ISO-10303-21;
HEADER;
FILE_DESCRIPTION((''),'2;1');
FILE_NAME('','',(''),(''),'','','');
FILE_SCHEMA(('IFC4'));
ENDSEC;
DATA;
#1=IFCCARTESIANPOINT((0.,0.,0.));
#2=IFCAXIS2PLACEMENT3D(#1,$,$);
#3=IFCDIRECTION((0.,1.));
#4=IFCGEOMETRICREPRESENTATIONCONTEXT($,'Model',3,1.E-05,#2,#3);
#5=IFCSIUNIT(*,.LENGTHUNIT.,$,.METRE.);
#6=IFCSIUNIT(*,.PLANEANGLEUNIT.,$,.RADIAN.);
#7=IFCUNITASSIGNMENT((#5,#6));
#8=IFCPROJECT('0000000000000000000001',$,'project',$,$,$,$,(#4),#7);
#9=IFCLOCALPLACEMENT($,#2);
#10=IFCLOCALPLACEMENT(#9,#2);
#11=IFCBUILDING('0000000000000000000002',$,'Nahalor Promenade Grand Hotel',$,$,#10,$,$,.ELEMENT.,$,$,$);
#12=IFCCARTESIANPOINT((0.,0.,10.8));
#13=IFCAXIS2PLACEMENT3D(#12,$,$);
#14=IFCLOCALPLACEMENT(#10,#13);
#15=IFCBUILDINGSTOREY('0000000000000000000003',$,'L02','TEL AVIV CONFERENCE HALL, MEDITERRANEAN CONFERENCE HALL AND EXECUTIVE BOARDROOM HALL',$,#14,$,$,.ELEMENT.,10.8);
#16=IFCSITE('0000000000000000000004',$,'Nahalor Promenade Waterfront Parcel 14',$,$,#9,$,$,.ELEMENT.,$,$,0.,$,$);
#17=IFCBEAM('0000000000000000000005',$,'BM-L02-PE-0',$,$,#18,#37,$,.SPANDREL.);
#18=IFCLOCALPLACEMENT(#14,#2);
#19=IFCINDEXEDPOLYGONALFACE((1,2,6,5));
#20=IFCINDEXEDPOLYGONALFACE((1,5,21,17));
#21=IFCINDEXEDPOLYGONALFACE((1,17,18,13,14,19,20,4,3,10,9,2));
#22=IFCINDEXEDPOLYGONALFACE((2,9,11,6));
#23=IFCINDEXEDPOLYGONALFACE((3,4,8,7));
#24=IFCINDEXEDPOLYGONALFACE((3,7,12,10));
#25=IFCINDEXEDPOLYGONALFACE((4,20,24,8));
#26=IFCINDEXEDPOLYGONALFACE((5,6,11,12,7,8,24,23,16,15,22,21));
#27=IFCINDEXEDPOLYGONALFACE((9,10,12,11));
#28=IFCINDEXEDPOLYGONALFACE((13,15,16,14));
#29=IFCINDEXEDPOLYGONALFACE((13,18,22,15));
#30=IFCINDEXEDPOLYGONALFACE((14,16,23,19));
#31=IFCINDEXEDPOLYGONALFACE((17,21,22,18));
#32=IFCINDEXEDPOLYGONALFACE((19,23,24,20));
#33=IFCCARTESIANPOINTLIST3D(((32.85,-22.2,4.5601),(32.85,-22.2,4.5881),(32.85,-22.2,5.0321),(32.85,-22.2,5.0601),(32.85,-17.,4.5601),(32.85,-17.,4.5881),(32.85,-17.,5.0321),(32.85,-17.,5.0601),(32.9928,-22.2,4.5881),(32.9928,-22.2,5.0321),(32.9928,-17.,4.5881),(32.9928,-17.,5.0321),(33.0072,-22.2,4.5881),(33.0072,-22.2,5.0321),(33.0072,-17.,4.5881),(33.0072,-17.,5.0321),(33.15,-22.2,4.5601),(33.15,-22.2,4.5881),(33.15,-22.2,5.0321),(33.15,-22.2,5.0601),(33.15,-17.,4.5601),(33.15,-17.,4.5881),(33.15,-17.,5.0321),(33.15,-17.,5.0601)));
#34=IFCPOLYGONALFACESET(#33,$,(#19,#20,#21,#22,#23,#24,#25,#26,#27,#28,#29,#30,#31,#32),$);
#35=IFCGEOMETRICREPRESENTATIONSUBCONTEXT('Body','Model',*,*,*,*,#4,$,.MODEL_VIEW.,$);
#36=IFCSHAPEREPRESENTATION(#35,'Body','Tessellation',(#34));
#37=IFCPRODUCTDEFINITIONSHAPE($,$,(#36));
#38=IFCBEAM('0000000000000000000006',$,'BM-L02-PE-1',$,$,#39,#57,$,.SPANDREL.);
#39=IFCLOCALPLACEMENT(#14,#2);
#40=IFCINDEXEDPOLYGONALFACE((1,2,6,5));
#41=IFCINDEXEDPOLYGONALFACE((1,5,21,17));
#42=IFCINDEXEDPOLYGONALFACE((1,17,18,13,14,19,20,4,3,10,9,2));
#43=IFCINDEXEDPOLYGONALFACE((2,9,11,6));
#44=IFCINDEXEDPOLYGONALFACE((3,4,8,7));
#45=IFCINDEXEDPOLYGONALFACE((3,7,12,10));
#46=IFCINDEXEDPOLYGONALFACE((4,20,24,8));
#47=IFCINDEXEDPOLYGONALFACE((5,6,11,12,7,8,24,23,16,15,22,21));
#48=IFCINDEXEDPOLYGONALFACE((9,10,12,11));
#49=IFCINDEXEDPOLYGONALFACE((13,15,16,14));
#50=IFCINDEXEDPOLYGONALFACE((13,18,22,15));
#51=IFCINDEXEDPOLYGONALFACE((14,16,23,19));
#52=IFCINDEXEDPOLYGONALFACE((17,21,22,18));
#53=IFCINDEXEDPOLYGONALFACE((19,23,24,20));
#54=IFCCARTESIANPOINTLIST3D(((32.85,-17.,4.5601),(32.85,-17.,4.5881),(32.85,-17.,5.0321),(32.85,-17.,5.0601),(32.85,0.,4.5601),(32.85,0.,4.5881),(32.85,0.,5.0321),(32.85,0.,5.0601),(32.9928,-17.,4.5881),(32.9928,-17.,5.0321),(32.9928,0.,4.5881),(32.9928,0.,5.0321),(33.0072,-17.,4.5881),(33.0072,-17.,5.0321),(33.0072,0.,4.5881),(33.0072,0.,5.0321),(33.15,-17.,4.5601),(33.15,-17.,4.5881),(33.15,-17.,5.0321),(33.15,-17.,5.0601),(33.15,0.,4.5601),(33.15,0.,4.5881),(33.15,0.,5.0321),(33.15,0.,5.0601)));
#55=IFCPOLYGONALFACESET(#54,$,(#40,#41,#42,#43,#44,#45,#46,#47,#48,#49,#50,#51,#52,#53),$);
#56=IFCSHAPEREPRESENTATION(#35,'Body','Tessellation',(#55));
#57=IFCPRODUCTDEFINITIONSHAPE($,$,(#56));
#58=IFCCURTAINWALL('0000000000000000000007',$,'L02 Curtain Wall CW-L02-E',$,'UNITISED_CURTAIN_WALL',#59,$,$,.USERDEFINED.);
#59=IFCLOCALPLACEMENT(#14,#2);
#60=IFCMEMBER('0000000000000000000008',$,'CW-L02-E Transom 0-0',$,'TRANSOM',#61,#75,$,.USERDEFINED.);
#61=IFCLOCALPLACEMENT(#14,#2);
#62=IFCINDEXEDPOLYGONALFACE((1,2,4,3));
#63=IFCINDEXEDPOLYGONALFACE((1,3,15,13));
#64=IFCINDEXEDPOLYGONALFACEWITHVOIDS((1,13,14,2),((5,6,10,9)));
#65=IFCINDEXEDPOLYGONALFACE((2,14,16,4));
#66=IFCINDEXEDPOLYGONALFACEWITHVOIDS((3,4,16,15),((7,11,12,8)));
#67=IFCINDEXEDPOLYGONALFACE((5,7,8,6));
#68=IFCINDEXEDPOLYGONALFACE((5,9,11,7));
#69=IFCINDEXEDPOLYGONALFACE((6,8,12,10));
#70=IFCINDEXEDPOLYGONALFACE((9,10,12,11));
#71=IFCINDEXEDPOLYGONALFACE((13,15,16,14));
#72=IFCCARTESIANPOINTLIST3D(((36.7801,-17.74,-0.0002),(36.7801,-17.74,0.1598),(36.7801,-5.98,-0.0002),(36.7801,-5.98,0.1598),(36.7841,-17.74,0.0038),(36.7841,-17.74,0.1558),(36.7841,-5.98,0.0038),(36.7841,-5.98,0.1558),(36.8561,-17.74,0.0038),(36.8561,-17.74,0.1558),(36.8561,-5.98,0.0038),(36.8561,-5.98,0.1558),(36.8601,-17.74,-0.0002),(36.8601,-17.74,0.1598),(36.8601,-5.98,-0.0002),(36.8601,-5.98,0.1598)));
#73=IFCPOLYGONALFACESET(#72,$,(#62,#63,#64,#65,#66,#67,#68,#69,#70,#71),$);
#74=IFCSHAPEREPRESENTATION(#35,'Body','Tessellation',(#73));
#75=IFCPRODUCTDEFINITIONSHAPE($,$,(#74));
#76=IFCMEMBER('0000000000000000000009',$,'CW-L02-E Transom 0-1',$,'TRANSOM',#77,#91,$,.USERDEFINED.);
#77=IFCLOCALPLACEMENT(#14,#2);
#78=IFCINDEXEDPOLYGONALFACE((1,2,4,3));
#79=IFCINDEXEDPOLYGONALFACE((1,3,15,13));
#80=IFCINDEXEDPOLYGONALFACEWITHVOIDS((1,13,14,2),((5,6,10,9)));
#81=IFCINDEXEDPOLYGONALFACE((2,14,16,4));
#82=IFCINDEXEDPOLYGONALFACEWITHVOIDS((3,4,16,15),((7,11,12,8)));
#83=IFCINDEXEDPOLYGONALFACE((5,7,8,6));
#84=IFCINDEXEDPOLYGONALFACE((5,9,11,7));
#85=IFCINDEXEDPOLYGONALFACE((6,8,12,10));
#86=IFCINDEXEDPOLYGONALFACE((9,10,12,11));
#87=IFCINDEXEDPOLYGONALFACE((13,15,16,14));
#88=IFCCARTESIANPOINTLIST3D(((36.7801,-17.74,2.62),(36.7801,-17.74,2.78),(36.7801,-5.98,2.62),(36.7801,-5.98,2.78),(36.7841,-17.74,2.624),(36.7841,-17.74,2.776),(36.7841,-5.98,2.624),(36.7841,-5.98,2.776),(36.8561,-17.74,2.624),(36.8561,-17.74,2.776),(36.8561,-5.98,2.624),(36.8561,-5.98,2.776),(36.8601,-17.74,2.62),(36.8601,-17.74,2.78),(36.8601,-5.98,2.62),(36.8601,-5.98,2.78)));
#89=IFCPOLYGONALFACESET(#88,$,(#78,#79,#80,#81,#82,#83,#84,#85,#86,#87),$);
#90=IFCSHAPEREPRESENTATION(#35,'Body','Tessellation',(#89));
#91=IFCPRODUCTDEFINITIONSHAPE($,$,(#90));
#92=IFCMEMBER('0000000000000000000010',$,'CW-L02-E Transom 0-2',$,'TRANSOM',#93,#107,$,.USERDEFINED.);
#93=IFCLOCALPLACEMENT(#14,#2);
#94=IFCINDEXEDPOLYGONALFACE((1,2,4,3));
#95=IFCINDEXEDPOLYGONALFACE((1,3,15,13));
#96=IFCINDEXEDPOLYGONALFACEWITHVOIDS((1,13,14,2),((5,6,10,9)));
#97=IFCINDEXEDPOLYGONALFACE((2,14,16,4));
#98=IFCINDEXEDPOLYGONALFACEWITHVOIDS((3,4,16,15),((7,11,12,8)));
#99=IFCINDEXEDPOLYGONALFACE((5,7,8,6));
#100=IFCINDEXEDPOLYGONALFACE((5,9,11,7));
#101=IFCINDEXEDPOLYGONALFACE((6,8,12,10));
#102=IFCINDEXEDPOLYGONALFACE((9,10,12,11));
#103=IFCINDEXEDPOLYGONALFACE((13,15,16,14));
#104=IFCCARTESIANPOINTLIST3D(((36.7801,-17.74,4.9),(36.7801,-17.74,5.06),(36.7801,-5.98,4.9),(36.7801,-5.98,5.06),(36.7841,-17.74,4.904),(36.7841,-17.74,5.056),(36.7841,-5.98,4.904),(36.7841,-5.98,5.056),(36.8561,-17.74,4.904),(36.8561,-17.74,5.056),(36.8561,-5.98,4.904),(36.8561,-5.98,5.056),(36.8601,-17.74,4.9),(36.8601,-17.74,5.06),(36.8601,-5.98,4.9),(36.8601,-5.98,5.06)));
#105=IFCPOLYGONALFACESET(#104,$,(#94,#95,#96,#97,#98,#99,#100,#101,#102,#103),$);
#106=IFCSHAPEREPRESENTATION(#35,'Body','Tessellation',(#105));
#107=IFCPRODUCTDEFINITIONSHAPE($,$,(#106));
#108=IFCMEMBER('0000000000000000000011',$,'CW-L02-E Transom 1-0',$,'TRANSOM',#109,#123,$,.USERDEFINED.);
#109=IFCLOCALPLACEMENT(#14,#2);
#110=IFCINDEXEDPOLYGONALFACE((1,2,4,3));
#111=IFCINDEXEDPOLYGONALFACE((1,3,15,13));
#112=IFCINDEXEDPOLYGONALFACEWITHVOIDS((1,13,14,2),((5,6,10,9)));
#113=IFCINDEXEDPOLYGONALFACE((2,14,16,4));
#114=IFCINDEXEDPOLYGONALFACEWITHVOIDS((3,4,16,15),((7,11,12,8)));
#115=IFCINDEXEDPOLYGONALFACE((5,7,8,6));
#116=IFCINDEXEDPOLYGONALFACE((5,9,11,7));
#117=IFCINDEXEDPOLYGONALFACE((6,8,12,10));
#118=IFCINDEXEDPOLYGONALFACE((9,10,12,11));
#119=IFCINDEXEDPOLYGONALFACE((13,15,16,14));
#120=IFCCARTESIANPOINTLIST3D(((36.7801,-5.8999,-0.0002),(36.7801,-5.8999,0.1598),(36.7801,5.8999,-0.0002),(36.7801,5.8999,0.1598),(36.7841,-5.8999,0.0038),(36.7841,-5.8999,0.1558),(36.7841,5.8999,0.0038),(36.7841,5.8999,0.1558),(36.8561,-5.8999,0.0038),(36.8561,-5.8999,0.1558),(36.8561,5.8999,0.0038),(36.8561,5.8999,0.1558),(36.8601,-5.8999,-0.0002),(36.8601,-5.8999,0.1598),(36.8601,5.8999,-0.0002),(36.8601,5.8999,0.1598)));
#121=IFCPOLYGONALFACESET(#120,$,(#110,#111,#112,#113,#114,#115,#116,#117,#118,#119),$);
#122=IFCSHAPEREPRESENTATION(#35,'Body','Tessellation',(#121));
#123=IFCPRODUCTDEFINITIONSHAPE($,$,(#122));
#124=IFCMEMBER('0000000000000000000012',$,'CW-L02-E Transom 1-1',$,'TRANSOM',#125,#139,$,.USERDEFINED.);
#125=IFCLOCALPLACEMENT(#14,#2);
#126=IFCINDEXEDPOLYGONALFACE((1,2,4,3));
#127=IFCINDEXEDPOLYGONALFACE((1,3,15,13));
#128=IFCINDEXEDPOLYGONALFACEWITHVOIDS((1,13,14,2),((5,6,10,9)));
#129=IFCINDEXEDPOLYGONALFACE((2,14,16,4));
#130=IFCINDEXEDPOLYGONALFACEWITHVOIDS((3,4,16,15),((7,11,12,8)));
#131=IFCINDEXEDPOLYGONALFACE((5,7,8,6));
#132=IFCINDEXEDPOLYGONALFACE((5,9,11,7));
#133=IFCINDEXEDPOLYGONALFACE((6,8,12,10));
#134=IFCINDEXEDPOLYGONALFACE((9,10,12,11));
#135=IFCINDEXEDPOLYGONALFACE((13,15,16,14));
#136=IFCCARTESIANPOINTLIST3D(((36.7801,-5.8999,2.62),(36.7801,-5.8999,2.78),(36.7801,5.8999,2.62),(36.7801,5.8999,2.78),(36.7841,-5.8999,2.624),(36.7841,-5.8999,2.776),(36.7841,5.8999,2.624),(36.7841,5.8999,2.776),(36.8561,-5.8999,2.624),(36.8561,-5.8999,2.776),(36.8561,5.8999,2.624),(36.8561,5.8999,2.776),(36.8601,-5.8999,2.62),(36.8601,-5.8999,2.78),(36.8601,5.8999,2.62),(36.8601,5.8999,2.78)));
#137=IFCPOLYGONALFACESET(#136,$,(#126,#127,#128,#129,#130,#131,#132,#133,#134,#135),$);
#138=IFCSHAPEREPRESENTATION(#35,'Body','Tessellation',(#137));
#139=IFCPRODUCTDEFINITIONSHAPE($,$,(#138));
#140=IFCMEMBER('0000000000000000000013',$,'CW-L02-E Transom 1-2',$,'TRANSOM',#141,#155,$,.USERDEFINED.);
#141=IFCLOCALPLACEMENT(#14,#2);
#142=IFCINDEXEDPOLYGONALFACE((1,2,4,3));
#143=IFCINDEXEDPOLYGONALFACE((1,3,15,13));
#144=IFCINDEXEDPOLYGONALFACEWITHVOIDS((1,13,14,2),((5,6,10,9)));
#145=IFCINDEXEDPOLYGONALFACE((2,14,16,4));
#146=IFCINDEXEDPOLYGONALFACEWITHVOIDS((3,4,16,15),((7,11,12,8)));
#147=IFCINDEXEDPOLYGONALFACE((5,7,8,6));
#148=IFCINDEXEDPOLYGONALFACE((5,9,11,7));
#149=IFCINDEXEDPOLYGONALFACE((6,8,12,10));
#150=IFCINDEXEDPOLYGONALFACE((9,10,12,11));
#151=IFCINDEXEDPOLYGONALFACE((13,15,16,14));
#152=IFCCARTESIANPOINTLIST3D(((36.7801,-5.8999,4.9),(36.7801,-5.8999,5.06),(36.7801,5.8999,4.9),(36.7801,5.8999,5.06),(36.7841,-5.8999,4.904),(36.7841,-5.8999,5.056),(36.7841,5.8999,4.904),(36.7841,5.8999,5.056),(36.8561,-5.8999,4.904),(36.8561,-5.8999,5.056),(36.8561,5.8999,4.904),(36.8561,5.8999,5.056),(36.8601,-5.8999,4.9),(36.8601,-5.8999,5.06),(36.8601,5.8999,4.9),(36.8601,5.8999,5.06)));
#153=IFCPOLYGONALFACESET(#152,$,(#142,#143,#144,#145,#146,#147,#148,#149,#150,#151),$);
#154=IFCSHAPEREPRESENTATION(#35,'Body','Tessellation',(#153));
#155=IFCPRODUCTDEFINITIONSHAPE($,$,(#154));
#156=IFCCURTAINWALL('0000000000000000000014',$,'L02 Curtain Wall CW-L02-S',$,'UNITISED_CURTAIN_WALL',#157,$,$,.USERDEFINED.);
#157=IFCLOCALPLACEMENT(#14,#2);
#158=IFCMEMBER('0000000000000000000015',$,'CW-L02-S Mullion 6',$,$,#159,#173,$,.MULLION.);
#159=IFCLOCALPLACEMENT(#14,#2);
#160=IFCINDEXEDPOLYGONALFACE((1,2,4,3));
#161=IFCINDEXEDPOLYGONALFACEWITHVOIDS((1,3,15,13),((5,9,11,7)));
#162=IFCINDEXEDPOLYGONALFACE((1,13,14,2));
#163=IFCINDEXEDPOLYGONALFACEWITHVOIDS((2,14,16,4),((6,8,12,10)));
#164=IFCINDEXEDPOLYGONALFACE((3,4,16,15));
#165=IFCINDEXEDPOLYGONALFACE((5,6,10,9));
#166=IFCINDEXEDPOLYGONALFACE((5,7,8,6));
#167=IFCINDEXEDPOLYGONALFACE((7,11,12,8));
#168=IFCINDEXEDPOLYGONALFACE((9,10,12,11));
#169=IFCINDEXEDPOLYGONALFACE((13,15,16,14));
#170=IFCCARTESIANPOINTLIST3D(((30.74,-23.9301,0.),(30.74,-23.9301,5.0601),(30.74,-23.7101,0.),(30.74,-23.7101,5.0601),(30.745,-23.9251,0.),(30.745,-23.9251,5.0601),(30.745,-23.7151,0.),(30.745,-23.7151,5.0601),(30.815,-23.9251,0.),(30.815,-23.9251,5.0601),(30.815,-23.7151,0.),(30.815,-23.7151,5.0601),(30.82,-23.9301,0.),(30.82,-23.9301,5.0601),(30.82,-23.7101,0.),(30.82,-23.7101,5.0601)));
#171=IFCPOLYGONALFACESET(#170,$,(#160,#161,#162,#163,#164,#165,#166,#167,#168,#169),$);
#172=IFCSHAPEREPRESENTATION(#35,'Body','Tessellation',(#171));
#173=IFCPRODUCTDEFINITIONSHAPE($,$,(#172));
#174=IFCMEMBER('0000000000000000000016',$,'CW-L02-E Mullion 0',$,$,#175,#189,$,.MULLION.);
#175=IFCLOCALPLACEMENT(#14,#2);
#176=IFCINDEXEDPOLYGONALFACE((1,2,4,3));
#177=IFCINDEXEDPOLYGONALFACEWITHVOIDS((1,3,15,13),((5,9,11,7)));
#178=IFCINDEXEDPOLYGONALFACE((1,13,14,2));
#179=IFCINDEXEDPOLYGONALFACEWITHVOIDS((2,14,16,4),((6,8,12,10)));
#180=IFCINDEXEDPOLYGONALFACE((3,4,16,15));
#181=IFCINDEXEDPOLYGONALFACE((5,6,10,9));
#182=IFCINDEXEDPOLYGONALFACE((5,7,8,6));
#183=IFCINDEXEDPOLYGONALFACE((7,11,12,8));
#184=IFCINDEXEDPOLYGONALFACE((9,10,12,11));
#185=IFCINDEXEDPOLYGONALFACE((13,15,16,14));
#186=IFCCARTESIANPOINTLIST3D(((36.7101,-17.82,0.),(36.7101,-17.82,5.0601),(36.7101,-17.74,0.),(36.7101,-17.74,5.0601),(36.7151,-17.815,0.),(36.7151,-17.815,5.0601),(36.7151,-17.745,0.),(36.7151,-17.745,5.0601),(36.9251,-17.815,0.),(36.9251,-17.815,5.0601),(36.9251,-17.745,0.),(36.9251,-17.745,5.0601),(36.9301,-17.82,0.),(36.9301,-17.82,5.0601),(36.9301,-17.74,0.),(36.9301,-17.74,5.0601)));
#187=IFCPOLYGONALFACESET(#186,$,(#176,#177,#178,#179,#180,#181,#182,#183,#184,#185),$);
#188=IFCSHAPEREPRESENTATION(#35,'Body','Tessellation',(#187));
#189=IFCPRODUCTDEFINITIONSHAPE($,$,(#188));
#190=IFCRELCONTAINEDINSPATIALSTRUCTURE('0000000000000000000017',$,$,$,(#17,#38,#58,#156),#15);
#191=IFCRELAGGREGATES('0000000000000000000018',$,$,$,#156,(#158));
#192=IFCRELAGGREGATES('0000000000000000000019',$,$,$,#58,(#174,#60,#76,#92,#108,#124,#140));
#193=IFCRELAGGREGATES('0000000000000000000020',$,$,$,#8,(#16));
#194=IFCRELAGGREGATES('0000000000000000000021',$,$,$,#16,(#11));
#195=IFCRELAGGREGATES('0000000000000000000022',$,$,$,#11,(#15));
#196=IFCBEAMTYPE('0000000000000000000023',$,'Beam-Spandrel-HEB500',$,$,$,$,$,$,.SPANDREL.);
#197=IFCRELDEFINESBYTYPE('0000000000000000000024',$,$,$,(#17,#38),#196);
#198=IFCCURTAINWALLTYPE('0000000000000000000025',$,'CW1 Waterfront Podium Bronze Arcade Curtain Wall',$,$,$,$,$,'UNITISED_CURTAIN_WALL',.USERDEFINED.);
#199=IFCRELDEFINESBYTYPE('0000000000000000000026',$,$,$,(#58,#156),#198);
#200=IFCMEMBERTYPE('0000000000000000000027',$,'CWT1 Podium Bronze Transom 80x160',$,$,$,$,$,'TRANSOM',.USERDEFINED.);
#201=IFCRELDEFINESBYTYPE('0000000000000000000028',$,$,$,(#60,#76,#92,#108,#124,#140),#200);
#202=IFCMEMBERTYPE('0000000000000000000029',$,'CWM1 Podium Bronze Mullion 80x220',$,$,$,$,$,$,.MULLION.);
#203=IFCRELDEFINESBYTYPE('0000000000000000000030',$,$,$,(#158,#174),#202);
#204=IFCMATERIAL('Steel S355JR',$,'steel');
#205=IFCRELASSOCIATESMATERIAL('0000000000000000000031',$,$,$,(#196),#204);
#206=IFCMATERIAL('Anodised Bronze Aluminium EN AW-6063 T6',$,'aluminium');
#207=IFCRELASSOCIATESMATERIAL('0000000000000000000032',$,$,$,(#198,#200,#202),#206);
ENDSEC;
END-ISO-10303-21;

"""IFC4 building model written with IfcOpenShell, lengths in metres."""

from ifc_helpers import new_model, si_unit, direction, frame, origin, origin_2d, place, context, subcontext, project, spatial, hollow_rectangle, i_section, extrude, source, transform, mapped, material, material_profile, profile_set, type_object, element, aggregate, save


model = new_model("IFC4")

# Units and contexts
model_context = context("Model", 3, precision=1e-05, world=origin(), true_north=direction((0.0, 1.0)))
body_context = subcontext(model_context, "Body", "Model", "MODEL_VIEW")
ifc_project = project(units=[si_unit("LENGTHUNIT", "METRE"), si_unit("PLANEANGLEUNIT", "RADIAN")], contexts=[model_context])

# Site, building, storey
site_placement = place(None, origin())
site = spatial("IfcSite", under=ifc_project, at=site_placement, Name="Nahalor Promenade Waterfront Parcel 14", CompositionType="ELEMENT", RefElevation=0.0)
building_placement = place(site_placement, origin())
building = spatial("IfcBuilding", under=site, at=building_placement, Name="Nahalor Promenade Grand Hotel", CompositionType="ELEMENT")
storey_placement = place(building_placement, frame((0.0, 0.0, 10.8)))
storey = spatial("IfcBuildingStorey", under=building, at=storey_placement, Name="L02", Description="TEL AVIV CONFERENCE HALL, MEDITERRANEAN CONFERENCE HALL AND EXECUTIVE BOARDROOM HALL", CompositionType="ELEMENT", Elevation=10.8)

# Beams
ifc_material_1 = material(Name="Steel S355JR", Category="steel")
ifc_material_profile_1 = material_profile(ifc_material_1, i_section(OverallWidth=0.3, OverallDepth=0.5, WebThickness=0.0145, FlangeThickness=0.028, at=origin_2d()), Name="HEB 500")
ifc_profile_set_1 = profile_set([ifc_material_profile_1], Name="Steel S355JR")
beam_type_1 = type_object("IfcBeamType", Name="Beam-Spandrel-HEB500", PredefinedType="SPANDREL", material=ifc_profile_set_1)
shared_shape_1 = source(origin(), body_context, "Body", "SweptSolid", [
    extrude(i_section(OverallWidth=0.3, OverallDepth=0.5, WebThickness=0.0145, FlangeThickness=0.028, at=origin_2d()), origin(), (0.0, 0.0, 1.0), 5.2),
])
beam_1_placement = place(storey_placement, frame((33.0, -22.2, 4.8101), z_axis=(0.0, 1.0, 0.0), x_axis=(-1.0, 0.0, 0.0)))
element("IfcBeam", 1, at=beam_1_placement, inside=storey, type_object=beam_type_1, Name="BM-L02-PE-0", PredefinedType="SPANDREL", context=body_context, shape_type="MappedRepresentation", body=[
    mapped(shared_shape_1, transform((0.0, 0.0, 0.0), scale=1.0)),
])
shared_shape_2 = source(origin(), body_context, "Body", "SweptSolid", [
    extrude(i_section(OverallWidth=0.3, OverallDepth=0.5, WebThickness=0.0145, FlangeThickness=0.028, at=origin_2d()), origin(), (0.0, 0.0, 1.0), 17.0),
])
beam_2_placement = place(storey_placement, frame((33.0, -17.0, 4.8101), z_axis=(0.0, 1.0, 0.0), x_axis=(-1.0, 0.0, 0.0)))
element("IfcBeam", 2, at=beam_2_placement, inside=storey, type_object=beam_type_1, Name="BM-L02-PE-1", PredefinedType="SPANDREL", context=body_context, shape_type="MappedRepresentation", body=[
    mapped(shared_shape_2, transform((0.0, 0.0, 0.0), scale=1.0)),
])

# Curtain wall, members
ifc_material_2 = material(Name="Anodised Bronze Aluminium EN AW-6063 T6", Category="aluminium")
curtain_wall_type = type_object("IfcCurtainWallType", Name="CW1 Waterfront Podium Bronze Arcade Curtain Wall", ElementType="UNITISED_CURTAIN_WALL", PredefinedType="USERDEFINED", material=ifc_material_2)
curtain_wall_1_placement = place(storey_placement, origin())
curtain_wall_1 = element("IfcCurtainWall", 3, at=curtain_wall_1_placement, inside=storey, type_object=curtain_wall_type, Name="L02 Curtain Wall CW-L02-E", ObjectType="UNITISED_CURTAIN_WALL", PredefinedType="USERDEFINED")
ifc_material_profile_2 = material_profile(ifc_material_2, hollow_rectangle(XDim=0.08, YDim=0.16, WallThickness=0.004, at=origin_2d()), Name="CWT 80x160x4")
ifc_profile_set_2 = profile_set([ifc_material_profile_2], Name="Anodised Bronze Aluminium EN AW-6063 T6")
member_type_1 = type_object("IfcMemberType", Name="CWT1 Podium Bronze Transom 80x160", ElementType="TRANSOM", PredefinedType="USERDEFINED", material=ifc_profile_set_2)
shared_shape_3 = source(origin(), body_context, "Body", "SweptSolid", [
    extrude(hollow_rectangle(XDim=0.08, YDim=0.16, WallThickness=0.004, at=origin_2d()), origin(), (0.0, 0.0, 1.0), 11.76),
])
member_1_placement = place(storey_placement, frame((36.8201, -17.74, 0.0798), z_axis=(0.0, 1.0, 0.0), x_axis=(-1.0, 0.0, 0.0)))
member_1 = element("IfcMember", 4, at=member_1_placement, type_object=member_type_1, Name="CW-L02-E Transom 0-0", ObjectType="TRANSOM", PredefinedType="USERDEFINED", context=body_context, shape_type="MappedRepresentation", body=[
    mapped(shared_shape_3, transform((0.0, 0.0, 0.0), scale=1.0)),
])
member_2_placement = place(storey_placement, frame((36.8201, -17.74, 2.7), z_axis=(0.0, 1.0, 0.0), x_axis=(-1.0, 0.0, 0.0)))
member_2 = element("IfcMember", 5, at=member_2_placement, type_object=member_type_1, Name="CW-L02-E Transom 0-1", ObjectType="TRANSOM", PredefinedType="USERDEFINED", context=body_context, shape_type="MappedRepresentation", body=[
    mapped(shared_shape_3, transform((0.0, 0.0, 0.0), scale=1.0)),
])
member_3_placement = place(storey_placement, frame((36.8201, -17.74, 4.98), z_axis=(0.0, 1.0, 0.0), x_axis=(-1.0, 0.0, 0.0)))
member_3 = element("IfcMember", 6, at=member_3_placement, type_object=member_type_1, Name="CW-L02-E Transom 0-2", ObjectType="TRANSOM", PredefinedType="USERDEFINED", context=body_context, shape_type="MappedRepresentation", body=[
    mapped(shared_shape_3, transform((0.0, 0.0, 0.0), scale=1.0)),
])
shared_shape_4 = source(origin(), body_context, "Body", "SweptSolid", [
    extrude(hollow_rectangle(XDim=0.08, YDim=0.16, WallThickness=0.004, at=origin_2d()), origin(), (0.0, 0.0, 1.0), 11.7998),
])
member_4_placement = place(storey_placement, frame((36.8201, -5.8999, 0.0798), z_axis=(0.0, 1.0, 0.0), x_axis=(-1.0, 0.0, 0.0)))
member_4 = element("IfcMember", 7, at=member_4_placement, type_object=member_type_1, Name="CW-L02-E Transom 1-0", ObjectType="TRANSOM", PredefinedType="USERDEFINED", context=body_context, shape_type="MappedRepresentation", body=[
    mapped(shared_shape_4, transform((0.0, 0.0, 0.0), scale=1.0)),
])
member_5_placement = place(storey_placement, frame((36.8201, -5.8999, 2.7), z_axis=(0.0, 1.0, 0.0), x_axis=(-1.0, 0.0, 0.0)))
member_5 = element("IfcMember", 8, at=member_5_placement, type_object=member_type_1, Name="CW-L02-E Transom 1-1", ObjectType="TRANSOM", PredefinedType="USERDEFINED", context=body_context, shape_type="MappedRepresentation", body=[
    mapped(shared_shape_4, transform((0.0, 0.0, 0.0), scale=1.0)),
])
member_6_placement = place(storey_placement, frame((36.8201, -5.8999, 4.98), z_axis=(0.0, 1.0, 0.0), x_axis=(-1.0, 0.0, 0.0)))
member_6 = element("IfcMember", 9, at=member_6_placement, type_object=member_type_1, Name="CW-L02-E Transom 1-2", ObjectType="TRANSOM", PredefinedType="USERDEFINED", context=body_context, shape_type="MappedRepresentation", body=[
    mapped(shared_shape_4, transform((0.0, 0.0, 0.0), scale=1.0)),
])

# Curtain wall, member
curtain_wall_2_placement = place(storey_placement, origin())
curtain_wall_2 = element("IfcCurtainWall", 10, at=curtain_wall_2_placement, inside=storey, type_object=curtain_wall_type, Name="L02 Curtain Wall CW-L02-S", ObjectType="UNITISED_CURTAIN_WALL", PredefinedType="USERDEFINED")
ifc_material_profile_3 = material_profile(ifc_material_2, hollow_rectangle(XDim=0.08, YDim=0.22, WallThickness=0.005, at=origin_2d()), Name="CWM 80x220x5")
ifc_profile_set_3 = profile_set([ifc_material_profile_3], Name="Anodised Bronze Aluminium EN AW-6063 T6")
member_type_2 = type_object("IfcMemberType", Name="CWM1 Podium Bronze Mullion 80x220", PredefinedType="MULLION", material=ifc_profile_set_3)
shared_shape_5 = source(origin(), body_context, "Body", "SweptSolid", [
    extrude(hollow_rectangle(XDim=0.08, YDim=0.22, WallThickness=0.005, at=origin_2d()), origin(), (0.0, 0.0, 1.0), 5.0601),
])
member_7_placement = place(storey_placement, frame((30.78, -23.8201, 0.0), z_axis=(0.0, 0.0, 1.0), x_axis=(1.0, 0.0, 0.0)))
member_7 = element("IfcMember", 11, at=member_7_placement, type_object=member_type_2, Name="CW-L02-S Mullion 6", PredefinedType="MULLION", context=body_context, shape_type="MappedRepresentation", body=[
    mapped(shared_shape_5, transform((0.0, 0.0, 0.0), scale=1.0)),
])

# Member
member_8_placement = place(storey_placement, frame((36.8201, -17.78, 0.0), z_axis=(0.0, 0.0, 1.0), x_axis=(0.0, 1.0, 0.0)))
member_8 = element("IfcMember", 12, at=member_8_placement, type_object=member_type_2, Name="CW-L02-E Mullion 0", PredefinedType="MULLION", context=body_context, shape_type="MappedRepresentation", body=[
    mapped(shared_shape_5, transform((0.0, 0.0, 0.0), scale=1.0)),
])

aggregate(curtain_wall_2, [member_7])
aggregate(curtain_wall_1, [member_8, member_1, member_2, member_3, member_4, member_5, member_6])

save(model, "model.ifc")
